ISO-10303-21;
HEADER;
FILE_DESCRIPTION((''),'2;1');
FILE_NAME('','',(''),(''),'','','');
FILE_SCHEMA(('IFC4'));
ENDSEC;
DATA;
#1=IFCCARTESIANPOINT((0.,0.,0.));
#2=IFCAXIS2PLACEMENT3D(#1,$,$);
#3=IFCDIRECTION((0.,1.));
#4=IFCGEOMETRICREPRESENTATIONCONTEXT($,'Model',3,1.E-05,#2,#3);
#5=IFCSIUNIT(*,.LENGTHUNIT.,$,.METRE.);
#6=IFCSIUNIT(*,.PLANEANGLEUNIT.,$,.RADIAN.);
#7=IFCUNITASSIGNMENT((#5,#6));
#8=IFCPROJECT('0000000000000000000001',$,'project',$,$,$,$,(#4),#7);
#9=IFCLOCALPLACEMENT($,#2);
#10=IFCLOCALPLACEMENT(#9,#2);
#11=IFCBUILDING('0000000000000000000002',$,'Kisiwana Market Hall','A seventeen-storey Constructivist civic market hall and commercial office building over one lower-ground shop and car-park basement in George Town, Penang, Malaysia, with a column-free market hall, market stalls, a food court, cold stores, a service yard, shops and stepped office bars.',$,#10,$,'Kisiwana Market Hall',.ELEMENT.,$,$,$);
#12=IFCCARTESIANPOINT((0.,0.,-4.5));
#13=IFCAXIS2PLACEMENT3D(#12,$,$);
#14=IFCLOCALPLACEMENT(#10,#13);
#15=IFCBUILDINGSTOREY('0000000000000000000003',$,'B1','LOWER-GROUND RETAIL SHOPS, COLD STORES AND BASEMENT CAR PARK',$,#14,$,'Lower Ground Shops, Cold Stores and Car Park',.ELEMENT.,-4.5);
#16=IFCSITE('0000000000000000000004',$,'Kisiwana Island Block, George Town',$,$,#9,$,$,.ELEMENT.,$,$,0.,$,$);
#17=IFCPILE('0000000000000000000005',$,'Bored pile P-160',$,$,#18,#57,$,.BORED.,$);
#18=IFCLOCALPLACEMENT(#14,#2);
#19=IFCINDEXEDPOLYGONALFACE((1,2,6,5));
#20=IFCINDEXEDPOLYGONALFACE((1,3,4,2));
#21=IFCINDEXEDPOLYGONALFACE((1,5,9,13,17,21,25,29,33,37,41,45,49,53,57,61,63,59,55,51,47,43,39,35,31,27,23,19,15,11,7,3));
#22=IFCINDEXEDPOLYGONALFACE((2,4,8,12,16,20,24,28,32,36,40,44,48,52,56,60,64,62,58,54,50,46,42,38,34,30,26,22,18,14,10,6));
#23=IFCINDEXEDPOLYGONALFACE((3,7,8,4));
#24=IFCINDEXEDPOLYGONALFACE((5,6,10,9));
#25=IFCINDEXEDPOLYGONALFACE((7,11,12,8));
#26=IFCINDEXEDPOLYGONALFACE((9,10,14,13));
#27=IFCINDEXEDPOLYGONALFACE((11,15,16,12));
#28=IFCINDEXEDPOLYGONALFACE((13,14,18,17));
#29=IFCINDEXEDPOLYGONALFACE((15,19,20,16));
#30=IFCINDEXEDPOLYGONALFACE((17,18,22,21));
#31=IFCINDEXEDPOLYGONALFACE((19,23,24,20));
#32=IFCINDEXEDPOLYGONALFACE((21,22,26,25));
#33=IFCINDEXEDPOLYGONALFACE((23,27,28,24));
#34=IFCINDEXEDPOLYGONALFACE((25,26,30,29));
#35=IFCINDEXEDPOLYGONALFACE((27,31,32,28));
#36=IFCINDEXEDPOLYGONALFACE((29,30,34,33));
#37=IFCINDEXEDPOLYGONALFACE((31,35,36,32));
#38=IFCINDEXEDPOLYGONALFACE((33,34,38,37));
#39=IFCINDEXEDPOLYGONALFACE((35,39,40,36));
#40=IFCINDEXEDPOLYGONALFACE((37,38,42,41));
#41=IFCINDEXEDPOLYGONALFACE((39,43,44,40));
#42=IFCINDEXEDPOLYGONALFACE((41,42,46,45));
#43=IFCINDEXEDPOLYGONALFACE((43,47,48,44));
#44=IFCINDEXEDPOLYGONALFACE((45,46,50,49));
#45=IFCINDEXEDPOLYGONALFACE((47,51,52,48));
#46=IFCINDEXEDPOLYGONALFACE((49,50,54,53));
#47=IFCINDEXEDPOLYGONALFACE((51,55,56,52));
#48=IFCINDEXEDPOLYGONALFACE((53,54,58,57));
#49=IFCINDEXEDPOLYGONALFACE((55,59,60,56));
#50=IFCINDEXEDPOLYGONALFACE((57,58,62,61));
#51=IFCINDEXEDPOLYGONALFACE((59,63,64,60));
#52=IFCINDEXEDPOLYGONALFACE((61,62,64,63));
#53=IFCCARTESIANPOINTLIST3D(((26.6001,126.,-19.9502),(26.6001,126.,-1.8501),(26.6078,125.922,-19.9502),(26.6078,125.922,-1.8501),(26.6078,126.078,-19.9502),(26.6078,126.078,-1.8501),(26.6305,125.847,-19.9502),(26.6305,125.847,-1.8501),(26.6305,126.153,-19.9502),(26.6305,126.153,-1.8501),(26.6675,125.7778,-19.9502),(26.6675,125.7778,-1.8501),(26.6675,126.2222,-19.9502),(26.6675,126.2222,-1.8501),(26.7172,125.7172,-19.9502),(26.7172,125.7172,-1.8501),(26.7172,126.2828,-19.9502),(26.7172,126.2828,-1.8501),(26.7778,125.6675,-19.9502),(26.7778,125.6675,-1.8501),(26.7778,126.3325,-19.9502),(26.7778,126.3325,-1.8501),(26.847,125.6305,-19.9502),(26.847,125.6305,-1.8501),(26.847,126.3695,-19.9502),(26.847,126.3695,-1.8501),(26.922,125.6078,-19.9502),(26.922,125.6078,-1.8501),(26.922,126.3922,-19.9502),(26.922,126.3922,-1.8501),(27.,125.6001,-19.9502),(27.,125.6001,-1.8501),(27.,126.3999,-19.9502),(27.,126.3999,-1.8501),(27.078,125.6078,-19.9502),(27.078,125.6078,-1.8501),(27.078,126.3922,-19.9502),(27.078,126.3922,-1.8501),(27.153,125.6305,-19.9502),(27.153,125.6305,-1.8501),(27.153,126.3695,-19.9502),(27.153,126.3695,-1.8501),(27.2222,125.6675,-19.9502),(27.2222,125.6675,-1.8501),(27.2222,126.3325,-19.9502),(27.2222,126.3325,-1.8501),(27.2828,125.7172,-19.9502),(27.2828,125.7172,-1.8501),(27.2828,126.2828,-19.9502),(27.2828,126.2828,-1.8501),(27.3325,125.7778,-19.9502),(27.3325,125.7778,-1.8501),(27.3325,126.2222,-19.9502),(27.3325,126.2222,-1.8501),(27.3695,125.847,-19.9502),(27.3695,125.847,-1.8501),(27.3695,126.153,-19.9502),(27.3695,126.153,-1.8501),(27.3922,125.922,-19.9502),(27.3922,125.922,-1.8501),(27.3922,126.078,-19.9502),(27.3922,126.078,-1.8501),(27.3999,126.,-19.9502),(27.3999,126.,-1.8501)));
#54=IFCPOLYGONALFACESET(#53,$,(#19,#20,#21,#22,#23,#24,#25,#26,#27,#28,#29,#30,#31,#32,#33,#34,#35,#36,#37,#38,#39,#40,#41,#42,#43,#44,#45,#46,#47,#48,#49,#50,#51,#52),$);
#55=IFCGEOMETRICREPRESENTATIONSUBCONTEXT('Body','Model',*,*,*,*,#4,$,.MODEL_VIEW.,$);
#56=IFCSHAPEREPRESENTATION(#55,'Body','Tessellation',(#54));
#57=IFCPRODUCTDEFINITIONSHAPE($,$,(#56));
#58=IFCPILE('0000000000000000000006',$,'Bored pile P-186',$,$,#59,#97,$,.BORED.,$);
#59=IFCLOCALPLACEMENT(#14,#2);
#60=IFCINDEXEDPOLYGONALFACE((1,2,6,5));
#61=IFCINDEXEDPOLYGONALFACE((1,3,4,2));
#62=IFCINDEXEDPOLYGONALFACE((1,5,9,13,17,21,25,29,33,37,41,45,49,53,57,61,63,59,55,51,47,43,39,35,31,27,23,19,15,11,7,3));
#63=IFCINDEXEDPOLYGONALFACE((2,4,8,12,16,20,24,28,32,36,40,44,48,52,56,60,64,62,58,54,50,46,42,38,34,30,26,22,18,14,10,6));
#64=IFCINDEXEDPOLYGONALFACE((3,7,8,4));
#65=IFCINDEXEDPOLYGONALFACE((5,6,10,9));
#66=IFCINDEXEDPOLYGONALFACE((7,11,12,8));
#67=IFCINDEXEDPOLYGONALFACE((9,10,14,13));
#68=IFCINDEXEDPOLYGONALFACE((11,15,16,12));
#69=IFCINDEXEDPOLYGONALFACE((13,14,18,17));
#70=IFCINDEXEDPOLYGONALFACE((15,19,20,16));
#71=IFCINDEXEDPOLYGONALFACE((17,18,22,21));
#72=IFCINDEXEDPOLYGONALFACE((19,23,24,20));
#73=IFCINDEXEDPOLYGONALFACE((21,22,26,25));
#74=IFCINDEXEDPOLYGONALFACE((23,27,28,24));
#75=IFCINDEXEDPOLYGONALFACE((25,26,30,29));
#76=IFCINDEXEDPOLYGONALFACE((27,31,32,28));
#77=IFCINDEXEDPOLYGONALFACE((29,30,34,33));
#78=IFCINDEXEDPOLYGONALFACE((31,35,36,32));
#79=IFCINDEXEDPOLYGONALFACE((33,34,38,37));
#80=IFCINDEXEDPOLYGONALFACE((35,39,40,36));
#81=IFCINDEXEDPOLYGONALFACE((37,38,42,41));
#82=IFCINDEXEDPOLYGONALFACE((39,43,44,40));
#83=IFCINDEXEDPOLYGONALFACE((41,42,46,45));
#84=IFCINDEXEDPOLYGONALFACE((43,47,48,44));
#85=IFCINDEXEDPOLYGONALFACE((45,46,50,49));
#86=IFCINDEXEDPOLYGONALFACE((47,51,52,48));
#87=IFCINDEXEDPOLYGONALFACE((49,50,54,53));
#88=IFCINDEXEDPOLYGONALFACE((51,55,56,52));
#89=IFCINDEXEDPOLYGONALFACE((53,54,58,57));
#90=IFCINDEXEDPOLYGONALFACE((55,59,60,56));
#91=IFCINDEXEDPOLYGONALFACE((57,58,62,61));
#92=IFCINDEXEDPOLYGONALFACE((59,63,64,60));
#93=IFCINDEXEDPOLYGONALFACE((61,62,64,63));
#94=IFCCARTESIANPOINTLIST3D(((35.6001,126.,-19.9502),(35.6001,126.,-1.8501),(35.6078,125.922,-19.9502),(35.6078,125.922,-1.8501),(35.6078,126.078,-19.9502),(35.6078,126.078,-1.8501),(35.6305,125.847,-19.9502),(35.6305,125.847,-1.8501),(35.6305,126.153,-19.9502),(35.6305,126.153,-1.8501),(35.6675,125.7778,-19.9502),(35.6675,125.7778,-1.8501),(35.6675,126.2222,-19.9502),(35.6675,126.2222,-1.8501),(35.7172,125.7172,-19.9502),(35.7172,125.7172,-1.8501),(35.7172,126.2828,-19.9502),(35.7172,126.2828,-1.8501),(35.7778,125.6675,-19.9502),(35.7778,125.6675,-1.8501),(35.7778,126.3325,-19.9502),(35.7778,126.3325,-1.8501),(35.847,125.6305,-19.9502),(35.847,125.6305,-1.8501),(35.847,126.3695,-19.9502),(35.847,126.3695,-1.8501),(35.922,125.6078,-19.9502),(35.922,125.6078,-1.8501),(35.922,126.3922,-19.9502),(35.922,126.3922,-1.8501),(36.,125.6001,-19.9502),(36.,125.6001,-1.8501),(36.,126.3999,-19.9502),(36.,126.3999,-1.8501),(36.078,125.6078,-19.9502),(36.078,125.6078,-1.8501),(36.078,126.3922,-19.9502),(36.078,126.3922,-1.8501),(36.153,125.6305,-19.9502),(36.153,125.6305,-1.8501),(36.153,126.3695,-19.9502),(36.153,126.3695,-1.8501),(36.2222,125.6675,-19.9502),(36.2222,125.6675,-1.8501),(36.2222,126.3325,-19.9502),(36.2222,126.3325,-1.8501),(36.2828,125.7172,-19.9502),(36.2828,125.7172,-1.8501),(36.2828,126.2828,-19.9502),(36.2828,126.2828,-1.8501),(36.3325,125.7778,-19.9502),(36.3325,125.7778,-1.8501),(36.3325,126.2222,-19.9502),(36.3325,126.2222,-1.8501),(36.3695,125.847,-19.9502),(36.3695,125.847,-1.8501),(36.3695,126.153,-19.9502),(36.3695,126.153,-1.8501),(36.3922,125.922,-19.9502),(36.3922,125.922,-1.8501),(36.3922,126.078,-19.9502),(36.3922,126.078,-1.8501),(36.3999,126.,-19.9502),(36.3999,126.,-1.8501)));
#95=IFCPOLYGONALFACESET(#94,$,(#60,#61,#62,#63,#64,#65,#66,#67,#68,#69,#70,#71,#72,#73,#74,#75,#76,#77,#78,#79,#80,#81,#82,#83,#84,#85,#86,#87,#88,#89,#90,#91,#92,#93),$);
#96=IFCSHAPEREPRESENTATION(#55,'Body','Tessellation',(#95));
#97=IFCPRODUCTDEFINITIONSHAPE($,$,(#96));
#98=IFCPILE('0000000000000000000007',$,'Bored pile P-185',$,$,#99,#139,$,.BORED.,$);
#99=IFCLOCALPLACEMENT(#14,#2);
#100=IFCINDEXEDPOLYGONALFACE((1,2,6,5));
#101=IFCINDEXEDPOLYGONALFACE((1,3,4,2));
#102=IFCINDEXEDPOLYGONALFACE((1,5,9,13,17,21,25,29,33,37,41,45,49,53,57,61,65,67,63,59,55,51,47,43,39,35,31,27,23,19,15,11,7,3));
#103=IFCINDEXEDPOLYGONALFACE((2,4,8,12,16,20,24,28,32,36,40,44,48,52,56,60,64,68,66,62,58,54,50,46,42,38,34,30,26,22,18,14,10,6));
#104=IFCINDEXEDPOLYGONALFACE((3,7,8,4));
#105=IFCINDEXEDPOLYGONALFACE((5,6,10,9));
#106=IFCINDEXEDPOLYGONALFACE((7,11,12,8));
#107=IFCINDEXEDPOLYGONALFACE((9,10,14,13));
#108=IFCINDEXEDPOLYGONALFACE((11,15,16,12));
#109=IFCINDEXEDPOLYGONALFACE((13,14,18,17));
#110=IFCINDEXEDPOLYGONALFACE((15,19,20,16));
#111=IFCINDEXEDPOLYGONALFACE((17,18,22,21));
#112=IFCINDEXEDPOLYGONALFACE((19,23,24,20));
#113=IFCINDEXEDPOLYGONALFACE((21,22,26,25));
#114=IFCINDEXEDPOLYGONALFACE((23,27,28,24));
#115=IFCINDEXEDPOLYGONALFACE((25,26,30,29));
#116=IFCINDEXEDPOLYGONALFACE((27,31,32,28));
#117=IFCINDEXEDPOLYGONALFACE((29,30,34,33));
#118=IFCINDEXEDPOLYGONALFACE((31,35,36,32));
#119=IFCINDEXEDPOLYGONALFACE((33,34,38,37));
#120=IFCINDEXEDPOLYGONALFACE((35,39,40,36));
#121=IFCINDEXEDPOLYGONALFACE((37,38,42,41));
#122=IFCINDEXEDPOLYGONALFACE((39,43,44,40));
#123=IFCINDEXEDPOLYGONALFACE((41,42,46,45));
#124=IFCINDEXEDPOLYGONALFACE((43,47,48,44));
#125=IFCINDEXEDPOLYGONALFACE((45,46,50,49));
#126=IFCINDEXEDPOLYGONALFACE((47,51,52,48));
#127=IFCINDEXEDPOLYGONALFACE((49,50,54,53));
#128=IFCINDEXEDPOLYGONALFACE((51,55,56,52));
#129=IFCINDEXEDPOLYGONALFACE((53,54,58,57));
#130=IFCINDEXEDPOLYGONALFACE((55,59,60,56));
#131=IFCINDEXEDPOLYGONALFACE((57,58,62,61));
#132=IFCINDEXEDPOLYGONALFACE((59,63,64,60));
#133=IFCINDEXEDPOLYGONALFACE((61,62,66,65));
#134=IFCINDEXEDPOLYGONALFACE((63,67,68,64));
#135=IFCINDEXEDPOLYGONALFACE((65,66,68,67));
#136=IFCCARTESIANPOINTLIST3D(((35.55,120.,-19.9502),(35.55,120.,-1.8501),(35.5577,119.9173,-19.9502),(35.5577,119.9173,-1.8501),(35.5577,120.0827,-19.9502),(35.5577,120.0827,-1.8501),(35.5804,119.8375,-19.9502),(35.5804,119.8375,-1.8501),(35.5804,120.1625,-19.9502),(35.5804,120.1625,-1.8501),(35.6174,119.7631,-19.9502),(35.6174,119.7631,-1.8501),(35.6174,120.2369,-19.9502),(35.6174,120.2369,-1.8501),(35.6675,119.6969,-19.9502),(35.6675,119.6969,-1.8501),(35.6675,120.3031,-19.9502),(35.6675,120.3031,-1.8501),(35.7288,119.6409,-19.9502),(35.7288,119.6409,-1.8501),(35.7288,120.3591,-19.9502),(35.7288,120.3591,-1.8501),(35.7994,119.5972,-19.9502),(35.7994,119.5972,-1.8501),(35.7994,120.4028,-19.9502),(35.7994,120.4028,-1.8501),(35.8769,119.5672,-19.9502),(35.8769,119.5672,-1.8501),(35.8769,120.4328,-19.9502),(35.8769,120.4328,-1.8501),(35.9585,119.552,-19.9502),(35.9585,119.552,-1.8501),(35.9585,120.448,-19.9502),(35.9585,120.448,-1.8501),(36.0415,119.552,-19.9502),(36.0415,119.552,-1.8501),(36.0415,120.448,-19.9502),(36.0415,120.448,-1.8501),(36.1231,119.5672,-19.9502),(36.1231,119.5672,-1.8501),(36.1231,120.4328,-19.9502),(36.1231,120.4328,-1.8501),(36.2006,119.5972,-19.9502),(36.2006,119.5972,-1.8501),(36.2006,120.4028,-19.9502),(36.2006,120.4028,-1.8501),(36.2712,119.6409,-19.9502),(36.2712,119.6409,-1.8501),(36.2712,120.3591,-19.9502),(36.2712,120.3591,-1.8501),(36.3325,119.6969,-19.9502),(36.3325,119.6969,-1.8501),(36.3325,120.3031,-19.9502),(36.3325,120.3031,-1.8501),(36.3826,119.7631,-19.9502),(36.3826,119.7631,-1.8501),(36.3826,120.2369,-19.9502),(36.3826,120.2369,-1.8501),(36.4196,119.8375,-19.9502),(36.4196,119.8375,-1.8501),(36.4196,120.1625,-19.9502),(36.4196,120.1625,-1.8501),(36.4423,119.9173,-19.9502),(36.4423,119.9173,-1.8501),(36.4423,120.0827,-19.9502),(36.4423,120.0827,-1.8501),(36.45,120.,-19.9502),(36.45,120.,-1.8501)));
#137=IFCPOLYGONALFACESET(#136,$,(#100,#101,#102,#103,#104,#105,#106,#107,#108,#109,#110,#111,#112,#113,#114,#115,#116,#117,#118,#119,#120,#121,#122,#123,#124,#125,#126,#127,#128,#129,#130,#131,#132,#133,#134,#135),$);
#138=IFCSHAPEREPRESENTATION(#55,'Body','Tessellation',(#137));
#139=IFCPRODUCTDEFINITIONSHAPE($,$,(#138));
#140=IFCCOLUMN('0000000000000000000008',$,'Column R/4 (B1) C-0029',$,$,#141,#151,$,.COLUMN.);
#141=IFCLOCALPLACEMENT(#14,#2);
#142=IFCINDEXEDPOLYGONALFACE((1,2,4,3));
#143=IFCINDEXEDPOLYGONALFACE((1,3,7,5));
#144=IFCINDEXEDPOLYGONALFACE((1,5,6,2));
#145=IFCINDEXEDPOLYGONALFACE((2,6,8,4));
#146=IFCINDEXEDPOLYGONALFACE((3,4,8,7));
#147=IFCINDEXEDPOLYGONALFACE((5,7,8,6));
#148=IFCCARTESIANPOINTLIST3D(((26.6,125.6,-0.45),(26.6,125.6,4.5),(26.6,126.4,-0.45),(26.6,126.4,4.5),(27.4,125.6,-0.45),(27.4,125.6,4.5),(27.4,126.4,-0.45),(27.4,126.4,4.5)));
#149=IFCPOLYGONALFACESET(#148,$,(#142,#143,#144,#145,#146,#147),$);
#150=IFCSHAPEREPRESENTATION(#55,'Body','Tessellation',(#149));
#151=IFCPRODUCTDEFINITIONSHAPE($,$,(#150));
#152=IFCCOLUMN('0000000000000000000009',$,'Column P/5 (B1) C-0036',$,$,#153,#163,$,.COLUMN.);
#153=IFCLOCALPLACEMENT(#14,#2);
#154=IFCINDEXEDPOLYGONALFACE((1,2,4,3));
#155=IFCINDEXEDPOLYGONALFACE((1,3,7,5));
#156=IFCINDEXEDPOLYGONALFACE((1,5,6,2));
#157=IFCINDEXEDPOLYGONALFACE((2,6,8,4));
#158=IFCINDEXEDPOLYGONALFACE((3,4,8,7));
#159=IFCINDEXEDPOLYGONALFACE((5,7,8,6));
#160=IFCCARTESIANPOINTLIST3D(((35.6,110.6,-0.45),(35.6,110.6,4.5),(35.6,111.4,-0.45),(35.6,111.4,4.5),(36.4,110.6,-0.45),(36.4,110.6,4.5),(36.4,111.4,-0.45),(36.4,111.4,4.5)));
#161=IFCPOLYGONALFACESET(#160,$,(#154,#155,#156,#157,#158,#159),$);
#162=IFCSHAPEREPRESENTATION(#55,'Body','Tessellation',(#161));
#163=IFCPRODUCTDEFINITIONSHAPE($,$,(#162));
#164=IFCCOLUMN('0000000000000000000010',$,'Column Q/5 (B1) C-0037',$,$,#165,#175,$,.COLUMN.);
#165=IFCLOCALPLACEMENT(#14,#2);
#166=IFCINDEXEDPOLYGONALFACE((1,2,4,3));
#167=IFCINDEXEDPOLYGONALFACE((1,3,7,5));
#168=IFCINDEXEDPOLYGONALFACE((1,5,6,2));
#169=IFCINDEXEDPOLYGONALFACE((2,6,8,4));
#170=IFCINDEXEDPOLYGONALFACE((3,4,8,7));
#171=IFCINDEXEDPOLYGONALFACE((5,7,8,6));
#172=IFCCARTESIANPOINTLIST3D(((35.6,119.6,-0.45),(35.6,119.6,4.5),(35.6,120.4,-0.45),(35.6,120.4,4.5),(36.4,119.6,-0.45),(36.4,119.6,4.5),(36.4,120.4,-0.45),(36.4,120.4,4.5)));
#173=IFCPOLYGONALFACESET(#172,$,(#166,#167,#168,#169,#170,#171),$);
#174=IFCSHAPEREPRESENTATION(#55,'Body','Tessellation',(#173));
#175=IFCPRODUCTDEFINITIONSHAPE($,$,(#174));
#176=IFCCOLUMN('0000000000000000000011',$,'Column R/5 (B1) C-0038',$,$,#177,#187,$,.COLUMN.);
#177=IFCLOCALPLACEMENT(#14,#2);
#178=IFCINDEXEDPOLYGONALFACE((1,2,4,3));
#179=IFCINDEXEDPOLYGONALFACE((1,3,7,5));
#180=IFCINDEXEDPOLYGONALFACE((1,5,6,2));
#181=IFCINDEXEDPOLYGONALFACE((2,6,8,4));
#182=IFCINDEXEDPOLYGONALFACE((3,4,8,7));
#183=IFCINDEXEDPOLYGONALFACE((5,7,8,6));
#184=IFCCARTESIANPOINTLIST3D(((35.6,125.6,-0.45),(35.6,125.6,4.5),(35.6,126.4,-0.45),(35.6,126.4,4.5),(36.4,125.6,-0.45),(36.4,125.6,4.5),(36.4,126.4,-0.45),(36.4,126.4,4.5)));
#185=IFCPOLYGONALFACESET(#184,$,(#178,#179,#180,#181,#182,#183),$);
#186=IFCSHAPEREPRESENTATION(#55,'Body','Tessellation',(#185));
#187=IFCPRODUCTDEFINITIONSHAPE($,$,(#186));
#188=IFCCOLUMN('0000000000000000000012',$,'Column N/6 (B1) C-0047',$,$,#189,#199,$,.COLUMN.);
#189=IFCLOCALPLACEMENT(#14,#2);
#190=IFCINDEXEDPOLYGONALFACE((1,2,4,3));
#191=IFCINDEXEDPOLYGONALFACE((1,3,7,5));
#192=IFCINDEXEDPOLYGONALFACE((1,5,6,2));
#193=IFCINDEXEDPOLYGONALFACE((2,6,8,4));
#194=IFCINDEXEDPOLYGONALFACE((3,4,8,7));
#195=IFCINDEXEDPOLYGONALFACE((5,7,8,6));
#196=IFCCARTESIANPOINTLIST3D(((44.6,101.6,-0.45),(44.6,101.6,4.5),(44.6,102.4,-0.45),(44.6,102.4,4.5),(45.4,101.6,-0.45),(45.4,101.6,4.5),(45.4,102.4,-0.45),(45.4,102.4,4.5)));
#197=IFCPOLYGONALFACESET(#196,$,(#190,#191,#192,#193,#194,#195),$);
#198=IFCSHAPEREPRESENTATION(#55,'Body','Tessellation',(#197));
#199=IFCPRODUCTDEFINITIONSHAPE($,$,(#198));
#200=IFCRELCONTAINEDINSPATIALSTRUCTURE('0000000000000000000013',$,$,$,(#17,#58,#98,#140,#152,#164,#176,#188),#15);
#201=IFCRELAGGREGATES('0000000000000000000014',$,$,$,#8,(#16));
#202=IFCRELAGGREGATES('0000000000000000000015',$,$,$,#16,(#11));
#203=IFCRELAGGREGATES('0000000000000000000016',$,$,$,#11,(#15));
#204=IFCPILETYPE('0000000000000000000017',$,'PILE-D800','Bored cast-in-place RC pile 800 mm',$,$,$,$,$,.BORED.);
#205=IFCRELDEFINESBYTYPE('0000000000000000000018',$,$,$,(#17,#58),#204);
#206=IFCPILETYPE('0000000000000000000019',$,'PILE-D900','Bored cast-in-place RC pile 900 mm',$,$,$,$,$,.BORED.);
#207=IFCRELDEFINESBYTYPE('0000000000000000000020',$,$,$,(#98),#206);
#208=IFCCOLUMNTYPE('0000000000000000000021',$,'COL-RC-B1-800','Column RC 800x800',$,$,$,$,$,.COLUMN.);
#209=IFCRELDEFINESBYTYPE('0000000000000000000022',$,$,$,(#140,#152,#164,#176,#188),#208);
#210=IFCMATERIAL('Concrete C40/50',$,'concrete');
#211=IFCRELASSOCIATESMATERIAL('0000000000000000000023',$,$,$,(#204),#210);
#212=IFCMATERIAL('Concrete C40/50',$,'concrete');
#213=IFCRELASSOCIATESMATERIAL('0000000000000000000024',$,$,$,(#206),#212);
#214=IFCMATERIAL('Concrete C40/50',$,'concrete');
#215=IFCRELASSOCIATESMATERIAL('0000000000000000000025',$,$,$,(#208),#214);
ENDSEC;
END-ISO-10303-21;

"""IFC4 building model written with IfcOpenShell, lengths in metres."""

from ifc_helpers import new_model, si_unit, direction, frame, origin, origin_2d, place, context, subcontext, project, spatial, rectangle, circle, extrude, material, material_profile, profile_set, type_object, element, save


model = new_model("IFC4")

# Units and contexts
model_context = context("Model", 3, precision=1e-05, world=origin(), true_north=direction((0.0, 1.0)))
body_context = subcontext(model_context, "Body", "Model", "MODEL_VIEW")
ifc_project = project(units=[si_unit("LENGTHUNIT", "METRE"), si_unit("PLANEANGLEUNIT", "RADIAN")], contexts=[model_context])

# Site, building, storey
site_placement = place(None, origin())
site = spatial("IfcSite", under=ifc_project, at=site_placement, Name="Kisiwana Island Block, George Town", CompositionType="ELEMENT", RefElevation=0.0)
building_placement = place(site_placement, origin())
building = spatial("IfcBuilding", under=site, at=building_placement, Name="Kisiwana Market Hall", Description="A seventeen-storey Constructivist civic market hall and commercial office building over one lower-ground shop and car-park basement in George Town, Penang, Malaysia, with a column-free market hall, market stalls, a food court, cold stores, a service yard, shops and stepped office bars.", LongName="Kisiwana Market Hall", CompositionType="ELEMENT")
storey_placement = place(building_placement, frame((0.0, 0.0, -4.5)))
storey = spatial("IfcBuildingStorey", under=building, at=storey_placement, Name="B1", Description="LOWER-GROUND RETAIL SHOPS, COLD STORES AND BASEMENT CAR PARK", LongName="Lower Ground Shops, Cold Stores and Car Park", CompositionType="ELEMENT", Elevation=-4.5)

# Piles
ifc_material_1 = material(Name="Concrete C40/50", Category="concrete")
ifc_material_profile_1 = material_profile(ifc_material_1, circle(Radius=0.3999, at=origin_2d()), Name="BP D800")
ifc_profile_set_1 = profile_set([ifc_material_profile_1], Name="Concrete C40/50")
pile_type_1 = type_object("IfcPileType", Name="PILE-D800", Description="Bored cast-in-place RC pile 800 mm", PredefinedType="BORED", material=ifc_profile_set_1)
for number, where, z_axis, x_axis, name in (
    (1, (27.0, 126.0, -1.8501), (0.0, 0.0, -1.0), (1.0, 0.0, 0.0), "Bored pile P-160"),
    (2, (36.0, 126.0, -1.8501), (0.0, 0.0, -1.0), (1.0, 0.0, 0.0), "Bored pile P-186"),
):
    element("IfcPile", number, at=place(storey_placement, frame(where, z_axis=z_axis, x_axis=x_axis)), inside=storey, type_object=pile_type_1, Name=name, PredefinedType="BORED", context=body_context, shape_type="SweptSolid", body=[
        extrude(circle(Radius=0.3999, at=origin_2d()), origin(), (0.0, 0.0, 1.0), 18.1001),
    ])
ifc_material_2 = material(Name="Concrete C40/50", Category="concrete")
ifc_material_profile_2 = material_profile(ifc_material_2, circle(Radius=0.45, at=origin_2d()), Name="BP D900")
ifc_profile_set_2 = profile_set([ifc_material_profile_2], Name="Concrete C40/50")
pile_type_2 = type_object("IfcPileType", Name="PILE-D900", Description="Bored cast-in-place RC pile 900 mm", PredefinedType="BORED", material=ifc_profile_set_2)
pile_placement = place(storey_placement, frame((36.0, 120.0, -1.8501), z_axis=(0.0, 0.0, -1.0), x_axis=(1.0, 0.0, 0.0)))
element("IfcPile", 3, at=pile_placement, inside=storey, type_object=pile_type_2, Name="Bored pile P-185", PredefinedType="BORED", context=body_context, shape_type="SweptSolid", body=[
    extrude(circle(Radius=0.45, at=origin_2d()), origin(), (0.0, 0.0, 1.0), 18.1001),
])

# Columns
ifc_material_3 = material(Name="Concrete C40/50", Category="concrete")
ifc_material_profile_3 = material_profile(ifc_material_3, rectangle(XDim=0.8, YDim=0.8, at=origin_2d()), Name="RC 800x800")
ifc_profile_set_3 = profile_set([ifc_material_profile_3], Name="Concrete C40/50")
column_type_1 = type_object("IfcColumnType", Name="COL-RC-B1-800", Description="Column RC 800x800", PredefinedType="COLUMN", material=ifc_profile_set_3)
for number, where, z_axis, x_axis, name in (
    (4, (27.0, 126.0, -0.45), (0.0, 0.0, 1.0), (1.0, 0.0, 0.0), "Column R/4 (B1) C-0029"),
    (5, (36.0, 111.0, -0.45), (0.0, 0.0, 1.0), (1.0, 0.0, 0.0), "Column P/5 (B1) C-0036"),
    (6, (36.0, 120.0, -0.45), (0.0, 0.0, 1.0), (1.0, 0.0, 0.0), "Column Q/5 (B1) C-0037"),
    (7, (36.0, 126.0, -0.45), (0.0, 0.0, 1.0), (1.0, 0.0, 0.0), "Column R/5 (B1) C-0038"),
    (8, (45.0, 102.0, -0.45), (0.0, 0.0, 1.0), (1.0, 0.0, 0.0), "Column N/6 (B1) C-0047"),
):
    element("IfcColumn", number, at=place(storey_placement, frame(where, z_axis=z_axis, x_axis=x_axis)), inside=storey, type_object=column_type_1, Name=name, PredefinedType="COLUMN", context=body_context, shape_type="SweptSolid", body=[
        extrude(rectangle(XDim=0.8, YDim=0.8, at=origin_2d()), origin(), (0.0, 0.0, 1.0), 4.95),
    ])

save(model, "model.ifc")
